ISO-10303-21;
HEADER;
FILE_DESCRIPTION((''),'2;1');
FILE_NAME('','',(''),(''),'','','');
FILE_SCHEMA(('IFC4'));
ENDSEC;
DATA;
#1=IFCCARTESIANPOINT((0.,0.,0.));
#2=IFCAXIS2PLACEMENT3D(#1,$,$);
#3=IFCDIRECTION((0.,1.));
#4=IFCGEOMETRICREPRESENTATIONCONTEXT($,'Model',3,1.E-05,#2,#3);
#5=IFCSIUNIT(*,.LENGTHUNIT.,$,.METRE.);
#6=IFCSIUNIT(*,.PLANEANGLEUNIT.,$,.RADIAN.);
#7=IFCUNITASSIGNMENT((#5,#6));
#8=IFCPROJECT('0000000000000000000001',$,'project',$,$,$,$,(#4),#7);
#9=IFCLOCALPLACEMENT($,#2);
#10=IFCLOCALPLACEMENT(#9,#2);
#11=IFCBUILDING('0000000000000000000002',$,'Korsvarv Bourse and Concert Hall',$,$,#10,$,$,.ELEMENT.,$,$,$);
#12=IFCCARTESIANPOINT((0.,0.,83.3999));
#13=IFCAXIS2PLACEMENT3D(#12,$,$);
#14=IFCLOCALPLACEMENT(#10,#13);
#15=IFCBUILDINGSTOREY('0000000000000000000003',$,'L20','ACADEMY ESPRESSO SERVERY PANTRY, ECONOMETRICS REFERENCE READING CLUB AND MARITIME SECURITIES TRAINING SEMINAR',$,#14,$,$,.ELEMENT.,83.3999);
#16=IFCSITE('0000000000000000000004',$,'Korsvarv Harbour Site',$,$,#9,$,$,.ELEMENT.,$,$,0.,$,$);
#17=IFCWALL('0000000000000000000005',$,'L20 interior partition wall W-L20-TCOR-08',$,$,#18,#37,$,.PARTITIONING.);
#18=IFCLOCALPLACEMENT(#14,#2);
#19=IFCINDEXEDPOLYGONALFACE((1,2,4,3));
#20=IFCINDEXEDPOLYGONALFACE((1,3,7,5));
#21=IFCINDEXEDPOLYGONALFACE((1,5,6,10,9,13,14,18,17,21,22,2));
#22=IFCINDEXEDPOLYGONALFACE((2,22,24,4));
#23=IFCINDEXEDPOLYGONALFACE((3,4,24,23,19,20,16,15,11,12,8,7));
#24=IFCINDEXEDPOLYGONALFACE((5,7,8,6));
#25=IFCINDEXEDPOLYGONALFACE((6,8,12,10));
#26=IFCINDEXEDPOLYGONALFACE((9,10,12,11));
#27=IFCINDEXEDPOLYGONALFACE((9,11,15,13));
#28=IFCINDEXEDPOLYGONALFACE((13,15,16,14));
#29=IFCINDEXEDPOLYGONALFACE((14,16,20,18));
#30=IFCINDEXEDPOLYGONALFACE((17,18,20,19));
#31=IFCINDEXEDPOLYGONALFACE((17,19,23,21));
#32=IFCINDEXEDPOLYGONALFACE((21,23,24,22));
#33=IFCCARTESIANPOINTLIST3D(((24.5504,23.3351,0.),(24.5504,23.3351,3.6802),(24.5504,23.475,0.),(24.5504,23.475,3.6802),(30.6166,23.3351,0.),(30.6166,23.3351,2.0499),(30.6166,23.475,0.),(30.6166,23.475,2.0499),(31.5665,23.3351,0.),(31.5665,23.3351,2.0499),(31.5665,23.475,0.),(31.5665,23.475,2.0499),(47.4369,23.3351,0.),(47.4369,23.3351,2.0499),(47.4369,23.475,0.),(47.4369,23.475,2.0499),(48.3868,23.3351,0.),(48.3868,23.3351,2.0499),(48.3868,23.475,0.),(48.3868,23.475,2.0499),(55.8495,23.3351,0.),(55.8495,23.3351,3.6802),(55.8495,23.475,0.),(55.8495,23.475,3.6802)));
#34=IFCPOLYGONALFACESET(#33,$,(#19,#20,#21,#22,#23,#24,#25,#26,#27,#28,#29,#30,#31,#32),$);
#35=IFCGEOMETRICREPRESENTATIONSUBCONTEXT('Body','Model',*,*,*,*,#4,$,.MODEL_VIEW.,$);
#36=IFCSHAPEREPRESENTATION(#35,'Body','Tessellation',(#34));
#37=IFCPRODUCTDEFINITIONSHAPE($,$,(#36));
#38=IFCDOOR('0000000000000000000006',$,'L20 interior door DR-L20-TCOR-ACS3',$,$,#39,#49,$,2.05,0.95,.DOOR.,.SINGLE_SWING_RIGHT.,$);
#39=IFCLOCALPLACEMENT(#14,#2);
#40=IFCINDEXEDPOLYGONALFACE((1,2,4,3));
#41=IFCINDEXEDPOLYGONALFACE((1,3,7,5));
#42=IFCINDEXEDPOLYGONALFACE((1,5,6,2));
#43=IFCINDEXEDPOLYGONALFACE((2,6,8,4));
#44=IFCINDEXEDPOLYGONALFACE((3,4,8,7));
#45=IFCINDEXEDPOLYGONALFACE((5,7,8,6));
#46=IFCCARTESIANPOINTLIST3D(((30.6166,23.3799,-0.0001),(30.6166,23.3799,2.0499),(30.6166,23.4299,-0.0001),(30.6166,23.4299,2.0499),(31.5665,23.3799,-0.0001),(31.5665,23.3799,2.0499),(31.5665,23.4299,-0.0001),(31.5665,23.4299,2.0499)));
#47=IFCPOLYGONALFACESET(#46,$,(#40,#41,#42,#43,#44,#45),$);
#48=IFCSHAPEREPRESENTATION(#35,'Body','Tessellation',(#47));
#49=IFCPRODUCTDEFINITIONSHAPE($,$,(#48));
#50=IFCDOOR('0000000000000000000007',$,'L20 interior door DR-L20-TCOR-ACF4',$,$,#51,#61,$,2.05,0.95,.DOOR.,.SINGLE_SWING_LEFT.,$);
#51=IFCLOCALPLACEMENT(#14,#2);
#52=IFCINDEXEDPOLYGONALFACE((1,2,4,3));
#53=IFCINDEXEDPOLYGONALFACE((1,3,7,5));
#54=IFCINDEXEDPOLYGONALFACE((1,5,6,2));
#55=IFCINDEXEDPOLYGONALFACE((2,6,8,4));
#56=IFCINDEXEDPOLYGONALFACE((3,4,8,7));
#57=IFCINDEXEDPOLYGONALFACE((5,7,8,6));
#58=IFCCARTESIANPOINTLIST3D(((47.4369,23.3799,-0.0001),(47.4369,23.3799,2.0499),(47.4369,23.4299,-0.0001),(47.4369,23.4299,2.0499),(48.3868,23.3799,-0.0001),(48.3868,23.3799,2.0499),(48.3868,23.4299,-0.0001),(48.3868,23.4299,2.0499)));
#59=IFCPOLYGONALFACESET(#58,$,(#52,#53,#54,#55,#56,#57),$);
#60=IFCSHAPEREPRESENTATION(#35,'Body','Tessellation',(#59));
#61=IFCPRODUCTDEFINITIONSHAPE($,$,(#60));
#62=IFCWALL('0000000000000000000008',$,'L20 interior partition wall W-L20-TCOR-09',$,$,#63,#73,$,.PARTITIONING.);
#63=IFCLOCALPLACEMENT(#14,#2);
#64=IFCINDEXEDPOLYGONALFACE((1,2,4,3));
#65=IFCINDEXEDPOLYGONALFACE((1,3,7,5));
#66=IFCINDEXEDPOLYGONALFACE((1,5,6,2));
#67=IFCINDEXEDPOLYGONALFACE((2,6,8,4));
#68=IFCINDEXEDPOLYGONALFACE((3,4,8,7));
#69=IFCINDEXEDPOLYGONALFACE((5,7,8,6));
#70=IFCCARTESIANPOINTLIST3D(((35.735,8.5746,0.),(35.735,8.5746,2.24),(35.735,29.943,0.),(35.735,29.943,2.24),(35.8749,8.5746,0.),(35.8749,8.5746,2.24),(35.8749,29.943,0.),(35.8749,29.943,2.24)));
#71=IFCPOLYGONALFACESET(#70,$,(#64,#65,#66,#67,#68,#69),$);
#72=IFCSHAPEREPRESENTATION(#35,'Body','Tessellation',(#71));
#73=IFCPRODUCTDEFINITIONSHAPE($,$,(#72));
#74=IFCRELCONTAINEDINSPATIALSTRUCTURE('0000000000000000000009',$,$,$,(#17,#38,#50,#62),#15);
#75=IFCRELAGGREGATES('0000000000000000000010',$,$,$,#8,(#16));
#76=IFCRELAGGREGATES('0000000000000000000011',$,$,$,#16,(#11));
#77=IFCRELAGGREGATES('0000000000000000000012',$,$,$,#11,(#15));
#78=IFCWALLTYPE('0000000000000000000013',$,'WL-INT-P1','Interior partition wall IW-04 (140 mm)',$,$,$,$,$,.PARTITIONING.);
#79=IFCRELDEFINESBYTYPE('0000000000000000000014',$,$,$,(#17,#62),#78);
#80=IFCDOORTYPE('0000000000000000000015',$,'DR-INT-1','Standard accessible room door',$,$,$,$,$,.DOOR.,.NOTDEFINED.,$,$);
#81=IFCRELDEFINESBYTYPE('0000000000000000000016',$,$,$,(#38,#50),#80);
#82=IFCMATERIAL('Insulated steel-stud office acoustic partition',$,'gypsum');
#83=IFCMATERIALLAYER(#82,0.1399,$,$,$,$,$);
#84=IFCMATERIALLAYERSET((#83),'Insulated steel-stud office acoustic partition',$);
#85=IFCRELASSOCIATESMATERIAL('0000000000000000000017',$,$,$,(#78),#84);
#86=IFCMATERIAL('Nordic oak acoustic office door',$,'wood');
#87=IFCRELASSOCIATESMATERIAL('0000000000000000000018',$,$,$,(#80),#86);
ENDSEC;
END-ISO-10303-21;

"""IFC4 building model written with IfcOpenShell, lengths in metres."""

from ifc_helpers import new_model, si_unit, direction, frame, frame_2d, origin, place, context, subcontext, project, spatial, rectangle, extrude, material, layer, layer_set, type_object, element, fill, save


model = new_model("IFC4")

# Units and contexts
model_context = context("Model", 3, precision=1e-05, world=origin(), true_north=direction((0.0, 1.0)))
body_context = subcontext(model_context, "Body", "Model", "MODEL_VIEW")
ifc_project = project(units=[si_unit("LENGTHUNIT", "METRE"), si_unit("PLANEANGLEUNIT", "RADIAN")], contexts=[model_context])

# Site, building, storey
site_placement = place(None, origin())
site = spatial("IfcSite", under=ifc_project, at=site_placement, Name="Korsvarv Harbour Site", CompositionType="ELEMENT", RefElevation=0.0)
building_placement = place(site_placement, origin())
building = spatial("IfcBuilding", under=site, at=building_placement, Name="Korsvarv Bourse and Concert Hall", CompositionType="ELEMENT")
storey_placement = place(building_placement, frame((0.0, 0.0, 83.3999)))
storey = spatial("IfcBuildingStorey", under=building, at=storey_placement, Name="L20", Description="ACADEMY ESPRESSO SERVERY PANTRY, ECONOMETRICS REFERENCE READING CLUB AND MARITIME SECURITIES TRAINING SEMINAR", CompositionType="ELEMENT", Elevation=83.3999)

# Wall, openings, doors
ifc_material_1 = material(Name="Insulated steel-stud office acoustic partition", Category="gypsum")
ifc_layer_1 = layer(ifc_material_1, 0.1399)
ifc_layer_set_1 = layer_set([ifc_layer_1], Name="Insulated steel-stud office acoustic partition")
wall_type_1 = type_object("IfcWallType", Name="WL-INT-P1", Description="Interior partition wall IW-04 (140 mm)", PredefinedType="PARTITIONING", material=ifc_layer_set_1)
wall_1_placement = place(storey_placement, frame((24.5505, 23.405, 0.0), z_axis=(0.0, 0.0, 1.0), x_axis=(1.0, 0.0, 0.0)))
wall_1 = element("IfcWall", 1, at=wall_1_placement, inside=storey, type_object=wall_type_1, Name="L20 interior partition wall W-L20-TCOR-08", PredefinedType="PARTITIONING", context=body_context, shape_type="SweptSolid", body=[
    extrude(rectangle(XDim=31.2991, YDim=0.1399, at=frame_2d((15.6494, 0.0))), origin(), (0.0, 0.0, 1.0), 3.6802),
])
opening_1_placement = place(wall_1_placement, frame((6.0659, 0.0, 0.0)))
opening_1 = element("IfcOpeningElement", 2, at=opening_1_placement, cuts=wall_1, PredefinedType="OPENING", context=body_context, shape_type="SweptSolid", body=[
    extrude(rectangle(XDim=0.95, YDim=2.05, at=frame_2d((0.4751, 1.0249))), frame((0.0, 0.0801, 0.0), z_axis=(0.0, -1.0, 0.0), x_axis=(1.0, 0.0, 0.0)), (0.0, 0.0, 1.0), 0.1599),
])
opening_2_placement = place(wall_1_placement, frame((22.8862, 0.0, 0.0)))
opening_2 = element("IfcOpeningElement", 3, at=opening_2_placement, cuts=wall_1, PredefinedType="OPENING", context=body_context, shape_type="SweptSolid", body=[
    extrude(rectangle(XDim=0.95, YDim=2.05, at=frame_2d((0.4751, 1.0249))), frame((0.0, 0.0801, 0.0), z_axis=(0.0, -1.0, 0.0), x_axis=(1.0, 0.0, 0.0)), (0.0, 0.0, 1.0), 0.1599),
])
ifc_material_2 = material(Name="Nordic oak acoustic office door", Category="wood")
door_type = type_object("IfcDoorType", Name="DR-INT-1", Description="Standard accessible room door", OperationType="NOTDEFINED", PredefinedType="DOOR", material=ifc_material_2)
door_1_placement = place(opening_1_placement, origin())
door_1 = element("IfcDoor", 4, at=door_1_placement, inside=storey, type_object=door_type, Name="L20 interior door DR-L20-TCOR-ACS3", OperationType="SINGLE_SWING_RIGHT", OverallHeight=2.05, OverallWidth=0.95, PredefinedType="DOOR", context=body_context, shape_type="SweptSolid", body=[
    extrude(rectangle(XDim=0.95, YDim=2.05, at=frame_2d((0.4751, 1.0249))), frame((0.0, 0.0249, 0.0), z_axis=(0.0, -1.0, 0.0), x_axis=(1.0, 0.0, 0.0)), (0.0, 0.0, 1.0), 0.05),
])
fill(opening_1, door_1)
door_2_placement = place(opening_2_placement, origin())
door_2 = element("IfcDoor", 5, at=door_2_placement, inside=storey, type_object=door_type, Name="L20 interior door DR-L20-TCOR-ACF4", OperationType="SINGLE_SWING_LEFT", OverallHeight=2.05, OverallWidth=0.95, PredefinedType="DOOR", context=body_context, shape_type="SweptSolid", body=[
    extrude(rectangle(XDim=0.95, YDim=2.05, at=frame_2d((0.4751, 1.0249))), frame((0.0, 0.0249, 0.0), z_axis=(0.0, -1.0, 0.0), x_axis=(1.0, 0.0, 0.0)), (0.0, 0.0, 1.0), 0.05),
])
fill(opening_2, door_2)

# Wall
wall_2_placement = place(storey_placement, frame((35.8049, 8.5747, 0.0), z_axis=(0.0, 0.0, 1.0), x_axis=(0.0, 1.0, 0.0)))
element("IfcWall", 6, at=wall_2_placement, inside=storey, type_object=wall_type_1, Name="L20 interior partition wall W-L20-TCOR-09", PredefinedType="PARTITIONING", context=body_context, shape_type="SweptSolid", body=[
    extrude(rectangle(XDim=21.3684, YDim=0.1399, at=frame_2d((10.6841, 0.0))), origin(), (0.0, 0.0, 1.0), 2.24),
])

save(model, "model.ifc")
